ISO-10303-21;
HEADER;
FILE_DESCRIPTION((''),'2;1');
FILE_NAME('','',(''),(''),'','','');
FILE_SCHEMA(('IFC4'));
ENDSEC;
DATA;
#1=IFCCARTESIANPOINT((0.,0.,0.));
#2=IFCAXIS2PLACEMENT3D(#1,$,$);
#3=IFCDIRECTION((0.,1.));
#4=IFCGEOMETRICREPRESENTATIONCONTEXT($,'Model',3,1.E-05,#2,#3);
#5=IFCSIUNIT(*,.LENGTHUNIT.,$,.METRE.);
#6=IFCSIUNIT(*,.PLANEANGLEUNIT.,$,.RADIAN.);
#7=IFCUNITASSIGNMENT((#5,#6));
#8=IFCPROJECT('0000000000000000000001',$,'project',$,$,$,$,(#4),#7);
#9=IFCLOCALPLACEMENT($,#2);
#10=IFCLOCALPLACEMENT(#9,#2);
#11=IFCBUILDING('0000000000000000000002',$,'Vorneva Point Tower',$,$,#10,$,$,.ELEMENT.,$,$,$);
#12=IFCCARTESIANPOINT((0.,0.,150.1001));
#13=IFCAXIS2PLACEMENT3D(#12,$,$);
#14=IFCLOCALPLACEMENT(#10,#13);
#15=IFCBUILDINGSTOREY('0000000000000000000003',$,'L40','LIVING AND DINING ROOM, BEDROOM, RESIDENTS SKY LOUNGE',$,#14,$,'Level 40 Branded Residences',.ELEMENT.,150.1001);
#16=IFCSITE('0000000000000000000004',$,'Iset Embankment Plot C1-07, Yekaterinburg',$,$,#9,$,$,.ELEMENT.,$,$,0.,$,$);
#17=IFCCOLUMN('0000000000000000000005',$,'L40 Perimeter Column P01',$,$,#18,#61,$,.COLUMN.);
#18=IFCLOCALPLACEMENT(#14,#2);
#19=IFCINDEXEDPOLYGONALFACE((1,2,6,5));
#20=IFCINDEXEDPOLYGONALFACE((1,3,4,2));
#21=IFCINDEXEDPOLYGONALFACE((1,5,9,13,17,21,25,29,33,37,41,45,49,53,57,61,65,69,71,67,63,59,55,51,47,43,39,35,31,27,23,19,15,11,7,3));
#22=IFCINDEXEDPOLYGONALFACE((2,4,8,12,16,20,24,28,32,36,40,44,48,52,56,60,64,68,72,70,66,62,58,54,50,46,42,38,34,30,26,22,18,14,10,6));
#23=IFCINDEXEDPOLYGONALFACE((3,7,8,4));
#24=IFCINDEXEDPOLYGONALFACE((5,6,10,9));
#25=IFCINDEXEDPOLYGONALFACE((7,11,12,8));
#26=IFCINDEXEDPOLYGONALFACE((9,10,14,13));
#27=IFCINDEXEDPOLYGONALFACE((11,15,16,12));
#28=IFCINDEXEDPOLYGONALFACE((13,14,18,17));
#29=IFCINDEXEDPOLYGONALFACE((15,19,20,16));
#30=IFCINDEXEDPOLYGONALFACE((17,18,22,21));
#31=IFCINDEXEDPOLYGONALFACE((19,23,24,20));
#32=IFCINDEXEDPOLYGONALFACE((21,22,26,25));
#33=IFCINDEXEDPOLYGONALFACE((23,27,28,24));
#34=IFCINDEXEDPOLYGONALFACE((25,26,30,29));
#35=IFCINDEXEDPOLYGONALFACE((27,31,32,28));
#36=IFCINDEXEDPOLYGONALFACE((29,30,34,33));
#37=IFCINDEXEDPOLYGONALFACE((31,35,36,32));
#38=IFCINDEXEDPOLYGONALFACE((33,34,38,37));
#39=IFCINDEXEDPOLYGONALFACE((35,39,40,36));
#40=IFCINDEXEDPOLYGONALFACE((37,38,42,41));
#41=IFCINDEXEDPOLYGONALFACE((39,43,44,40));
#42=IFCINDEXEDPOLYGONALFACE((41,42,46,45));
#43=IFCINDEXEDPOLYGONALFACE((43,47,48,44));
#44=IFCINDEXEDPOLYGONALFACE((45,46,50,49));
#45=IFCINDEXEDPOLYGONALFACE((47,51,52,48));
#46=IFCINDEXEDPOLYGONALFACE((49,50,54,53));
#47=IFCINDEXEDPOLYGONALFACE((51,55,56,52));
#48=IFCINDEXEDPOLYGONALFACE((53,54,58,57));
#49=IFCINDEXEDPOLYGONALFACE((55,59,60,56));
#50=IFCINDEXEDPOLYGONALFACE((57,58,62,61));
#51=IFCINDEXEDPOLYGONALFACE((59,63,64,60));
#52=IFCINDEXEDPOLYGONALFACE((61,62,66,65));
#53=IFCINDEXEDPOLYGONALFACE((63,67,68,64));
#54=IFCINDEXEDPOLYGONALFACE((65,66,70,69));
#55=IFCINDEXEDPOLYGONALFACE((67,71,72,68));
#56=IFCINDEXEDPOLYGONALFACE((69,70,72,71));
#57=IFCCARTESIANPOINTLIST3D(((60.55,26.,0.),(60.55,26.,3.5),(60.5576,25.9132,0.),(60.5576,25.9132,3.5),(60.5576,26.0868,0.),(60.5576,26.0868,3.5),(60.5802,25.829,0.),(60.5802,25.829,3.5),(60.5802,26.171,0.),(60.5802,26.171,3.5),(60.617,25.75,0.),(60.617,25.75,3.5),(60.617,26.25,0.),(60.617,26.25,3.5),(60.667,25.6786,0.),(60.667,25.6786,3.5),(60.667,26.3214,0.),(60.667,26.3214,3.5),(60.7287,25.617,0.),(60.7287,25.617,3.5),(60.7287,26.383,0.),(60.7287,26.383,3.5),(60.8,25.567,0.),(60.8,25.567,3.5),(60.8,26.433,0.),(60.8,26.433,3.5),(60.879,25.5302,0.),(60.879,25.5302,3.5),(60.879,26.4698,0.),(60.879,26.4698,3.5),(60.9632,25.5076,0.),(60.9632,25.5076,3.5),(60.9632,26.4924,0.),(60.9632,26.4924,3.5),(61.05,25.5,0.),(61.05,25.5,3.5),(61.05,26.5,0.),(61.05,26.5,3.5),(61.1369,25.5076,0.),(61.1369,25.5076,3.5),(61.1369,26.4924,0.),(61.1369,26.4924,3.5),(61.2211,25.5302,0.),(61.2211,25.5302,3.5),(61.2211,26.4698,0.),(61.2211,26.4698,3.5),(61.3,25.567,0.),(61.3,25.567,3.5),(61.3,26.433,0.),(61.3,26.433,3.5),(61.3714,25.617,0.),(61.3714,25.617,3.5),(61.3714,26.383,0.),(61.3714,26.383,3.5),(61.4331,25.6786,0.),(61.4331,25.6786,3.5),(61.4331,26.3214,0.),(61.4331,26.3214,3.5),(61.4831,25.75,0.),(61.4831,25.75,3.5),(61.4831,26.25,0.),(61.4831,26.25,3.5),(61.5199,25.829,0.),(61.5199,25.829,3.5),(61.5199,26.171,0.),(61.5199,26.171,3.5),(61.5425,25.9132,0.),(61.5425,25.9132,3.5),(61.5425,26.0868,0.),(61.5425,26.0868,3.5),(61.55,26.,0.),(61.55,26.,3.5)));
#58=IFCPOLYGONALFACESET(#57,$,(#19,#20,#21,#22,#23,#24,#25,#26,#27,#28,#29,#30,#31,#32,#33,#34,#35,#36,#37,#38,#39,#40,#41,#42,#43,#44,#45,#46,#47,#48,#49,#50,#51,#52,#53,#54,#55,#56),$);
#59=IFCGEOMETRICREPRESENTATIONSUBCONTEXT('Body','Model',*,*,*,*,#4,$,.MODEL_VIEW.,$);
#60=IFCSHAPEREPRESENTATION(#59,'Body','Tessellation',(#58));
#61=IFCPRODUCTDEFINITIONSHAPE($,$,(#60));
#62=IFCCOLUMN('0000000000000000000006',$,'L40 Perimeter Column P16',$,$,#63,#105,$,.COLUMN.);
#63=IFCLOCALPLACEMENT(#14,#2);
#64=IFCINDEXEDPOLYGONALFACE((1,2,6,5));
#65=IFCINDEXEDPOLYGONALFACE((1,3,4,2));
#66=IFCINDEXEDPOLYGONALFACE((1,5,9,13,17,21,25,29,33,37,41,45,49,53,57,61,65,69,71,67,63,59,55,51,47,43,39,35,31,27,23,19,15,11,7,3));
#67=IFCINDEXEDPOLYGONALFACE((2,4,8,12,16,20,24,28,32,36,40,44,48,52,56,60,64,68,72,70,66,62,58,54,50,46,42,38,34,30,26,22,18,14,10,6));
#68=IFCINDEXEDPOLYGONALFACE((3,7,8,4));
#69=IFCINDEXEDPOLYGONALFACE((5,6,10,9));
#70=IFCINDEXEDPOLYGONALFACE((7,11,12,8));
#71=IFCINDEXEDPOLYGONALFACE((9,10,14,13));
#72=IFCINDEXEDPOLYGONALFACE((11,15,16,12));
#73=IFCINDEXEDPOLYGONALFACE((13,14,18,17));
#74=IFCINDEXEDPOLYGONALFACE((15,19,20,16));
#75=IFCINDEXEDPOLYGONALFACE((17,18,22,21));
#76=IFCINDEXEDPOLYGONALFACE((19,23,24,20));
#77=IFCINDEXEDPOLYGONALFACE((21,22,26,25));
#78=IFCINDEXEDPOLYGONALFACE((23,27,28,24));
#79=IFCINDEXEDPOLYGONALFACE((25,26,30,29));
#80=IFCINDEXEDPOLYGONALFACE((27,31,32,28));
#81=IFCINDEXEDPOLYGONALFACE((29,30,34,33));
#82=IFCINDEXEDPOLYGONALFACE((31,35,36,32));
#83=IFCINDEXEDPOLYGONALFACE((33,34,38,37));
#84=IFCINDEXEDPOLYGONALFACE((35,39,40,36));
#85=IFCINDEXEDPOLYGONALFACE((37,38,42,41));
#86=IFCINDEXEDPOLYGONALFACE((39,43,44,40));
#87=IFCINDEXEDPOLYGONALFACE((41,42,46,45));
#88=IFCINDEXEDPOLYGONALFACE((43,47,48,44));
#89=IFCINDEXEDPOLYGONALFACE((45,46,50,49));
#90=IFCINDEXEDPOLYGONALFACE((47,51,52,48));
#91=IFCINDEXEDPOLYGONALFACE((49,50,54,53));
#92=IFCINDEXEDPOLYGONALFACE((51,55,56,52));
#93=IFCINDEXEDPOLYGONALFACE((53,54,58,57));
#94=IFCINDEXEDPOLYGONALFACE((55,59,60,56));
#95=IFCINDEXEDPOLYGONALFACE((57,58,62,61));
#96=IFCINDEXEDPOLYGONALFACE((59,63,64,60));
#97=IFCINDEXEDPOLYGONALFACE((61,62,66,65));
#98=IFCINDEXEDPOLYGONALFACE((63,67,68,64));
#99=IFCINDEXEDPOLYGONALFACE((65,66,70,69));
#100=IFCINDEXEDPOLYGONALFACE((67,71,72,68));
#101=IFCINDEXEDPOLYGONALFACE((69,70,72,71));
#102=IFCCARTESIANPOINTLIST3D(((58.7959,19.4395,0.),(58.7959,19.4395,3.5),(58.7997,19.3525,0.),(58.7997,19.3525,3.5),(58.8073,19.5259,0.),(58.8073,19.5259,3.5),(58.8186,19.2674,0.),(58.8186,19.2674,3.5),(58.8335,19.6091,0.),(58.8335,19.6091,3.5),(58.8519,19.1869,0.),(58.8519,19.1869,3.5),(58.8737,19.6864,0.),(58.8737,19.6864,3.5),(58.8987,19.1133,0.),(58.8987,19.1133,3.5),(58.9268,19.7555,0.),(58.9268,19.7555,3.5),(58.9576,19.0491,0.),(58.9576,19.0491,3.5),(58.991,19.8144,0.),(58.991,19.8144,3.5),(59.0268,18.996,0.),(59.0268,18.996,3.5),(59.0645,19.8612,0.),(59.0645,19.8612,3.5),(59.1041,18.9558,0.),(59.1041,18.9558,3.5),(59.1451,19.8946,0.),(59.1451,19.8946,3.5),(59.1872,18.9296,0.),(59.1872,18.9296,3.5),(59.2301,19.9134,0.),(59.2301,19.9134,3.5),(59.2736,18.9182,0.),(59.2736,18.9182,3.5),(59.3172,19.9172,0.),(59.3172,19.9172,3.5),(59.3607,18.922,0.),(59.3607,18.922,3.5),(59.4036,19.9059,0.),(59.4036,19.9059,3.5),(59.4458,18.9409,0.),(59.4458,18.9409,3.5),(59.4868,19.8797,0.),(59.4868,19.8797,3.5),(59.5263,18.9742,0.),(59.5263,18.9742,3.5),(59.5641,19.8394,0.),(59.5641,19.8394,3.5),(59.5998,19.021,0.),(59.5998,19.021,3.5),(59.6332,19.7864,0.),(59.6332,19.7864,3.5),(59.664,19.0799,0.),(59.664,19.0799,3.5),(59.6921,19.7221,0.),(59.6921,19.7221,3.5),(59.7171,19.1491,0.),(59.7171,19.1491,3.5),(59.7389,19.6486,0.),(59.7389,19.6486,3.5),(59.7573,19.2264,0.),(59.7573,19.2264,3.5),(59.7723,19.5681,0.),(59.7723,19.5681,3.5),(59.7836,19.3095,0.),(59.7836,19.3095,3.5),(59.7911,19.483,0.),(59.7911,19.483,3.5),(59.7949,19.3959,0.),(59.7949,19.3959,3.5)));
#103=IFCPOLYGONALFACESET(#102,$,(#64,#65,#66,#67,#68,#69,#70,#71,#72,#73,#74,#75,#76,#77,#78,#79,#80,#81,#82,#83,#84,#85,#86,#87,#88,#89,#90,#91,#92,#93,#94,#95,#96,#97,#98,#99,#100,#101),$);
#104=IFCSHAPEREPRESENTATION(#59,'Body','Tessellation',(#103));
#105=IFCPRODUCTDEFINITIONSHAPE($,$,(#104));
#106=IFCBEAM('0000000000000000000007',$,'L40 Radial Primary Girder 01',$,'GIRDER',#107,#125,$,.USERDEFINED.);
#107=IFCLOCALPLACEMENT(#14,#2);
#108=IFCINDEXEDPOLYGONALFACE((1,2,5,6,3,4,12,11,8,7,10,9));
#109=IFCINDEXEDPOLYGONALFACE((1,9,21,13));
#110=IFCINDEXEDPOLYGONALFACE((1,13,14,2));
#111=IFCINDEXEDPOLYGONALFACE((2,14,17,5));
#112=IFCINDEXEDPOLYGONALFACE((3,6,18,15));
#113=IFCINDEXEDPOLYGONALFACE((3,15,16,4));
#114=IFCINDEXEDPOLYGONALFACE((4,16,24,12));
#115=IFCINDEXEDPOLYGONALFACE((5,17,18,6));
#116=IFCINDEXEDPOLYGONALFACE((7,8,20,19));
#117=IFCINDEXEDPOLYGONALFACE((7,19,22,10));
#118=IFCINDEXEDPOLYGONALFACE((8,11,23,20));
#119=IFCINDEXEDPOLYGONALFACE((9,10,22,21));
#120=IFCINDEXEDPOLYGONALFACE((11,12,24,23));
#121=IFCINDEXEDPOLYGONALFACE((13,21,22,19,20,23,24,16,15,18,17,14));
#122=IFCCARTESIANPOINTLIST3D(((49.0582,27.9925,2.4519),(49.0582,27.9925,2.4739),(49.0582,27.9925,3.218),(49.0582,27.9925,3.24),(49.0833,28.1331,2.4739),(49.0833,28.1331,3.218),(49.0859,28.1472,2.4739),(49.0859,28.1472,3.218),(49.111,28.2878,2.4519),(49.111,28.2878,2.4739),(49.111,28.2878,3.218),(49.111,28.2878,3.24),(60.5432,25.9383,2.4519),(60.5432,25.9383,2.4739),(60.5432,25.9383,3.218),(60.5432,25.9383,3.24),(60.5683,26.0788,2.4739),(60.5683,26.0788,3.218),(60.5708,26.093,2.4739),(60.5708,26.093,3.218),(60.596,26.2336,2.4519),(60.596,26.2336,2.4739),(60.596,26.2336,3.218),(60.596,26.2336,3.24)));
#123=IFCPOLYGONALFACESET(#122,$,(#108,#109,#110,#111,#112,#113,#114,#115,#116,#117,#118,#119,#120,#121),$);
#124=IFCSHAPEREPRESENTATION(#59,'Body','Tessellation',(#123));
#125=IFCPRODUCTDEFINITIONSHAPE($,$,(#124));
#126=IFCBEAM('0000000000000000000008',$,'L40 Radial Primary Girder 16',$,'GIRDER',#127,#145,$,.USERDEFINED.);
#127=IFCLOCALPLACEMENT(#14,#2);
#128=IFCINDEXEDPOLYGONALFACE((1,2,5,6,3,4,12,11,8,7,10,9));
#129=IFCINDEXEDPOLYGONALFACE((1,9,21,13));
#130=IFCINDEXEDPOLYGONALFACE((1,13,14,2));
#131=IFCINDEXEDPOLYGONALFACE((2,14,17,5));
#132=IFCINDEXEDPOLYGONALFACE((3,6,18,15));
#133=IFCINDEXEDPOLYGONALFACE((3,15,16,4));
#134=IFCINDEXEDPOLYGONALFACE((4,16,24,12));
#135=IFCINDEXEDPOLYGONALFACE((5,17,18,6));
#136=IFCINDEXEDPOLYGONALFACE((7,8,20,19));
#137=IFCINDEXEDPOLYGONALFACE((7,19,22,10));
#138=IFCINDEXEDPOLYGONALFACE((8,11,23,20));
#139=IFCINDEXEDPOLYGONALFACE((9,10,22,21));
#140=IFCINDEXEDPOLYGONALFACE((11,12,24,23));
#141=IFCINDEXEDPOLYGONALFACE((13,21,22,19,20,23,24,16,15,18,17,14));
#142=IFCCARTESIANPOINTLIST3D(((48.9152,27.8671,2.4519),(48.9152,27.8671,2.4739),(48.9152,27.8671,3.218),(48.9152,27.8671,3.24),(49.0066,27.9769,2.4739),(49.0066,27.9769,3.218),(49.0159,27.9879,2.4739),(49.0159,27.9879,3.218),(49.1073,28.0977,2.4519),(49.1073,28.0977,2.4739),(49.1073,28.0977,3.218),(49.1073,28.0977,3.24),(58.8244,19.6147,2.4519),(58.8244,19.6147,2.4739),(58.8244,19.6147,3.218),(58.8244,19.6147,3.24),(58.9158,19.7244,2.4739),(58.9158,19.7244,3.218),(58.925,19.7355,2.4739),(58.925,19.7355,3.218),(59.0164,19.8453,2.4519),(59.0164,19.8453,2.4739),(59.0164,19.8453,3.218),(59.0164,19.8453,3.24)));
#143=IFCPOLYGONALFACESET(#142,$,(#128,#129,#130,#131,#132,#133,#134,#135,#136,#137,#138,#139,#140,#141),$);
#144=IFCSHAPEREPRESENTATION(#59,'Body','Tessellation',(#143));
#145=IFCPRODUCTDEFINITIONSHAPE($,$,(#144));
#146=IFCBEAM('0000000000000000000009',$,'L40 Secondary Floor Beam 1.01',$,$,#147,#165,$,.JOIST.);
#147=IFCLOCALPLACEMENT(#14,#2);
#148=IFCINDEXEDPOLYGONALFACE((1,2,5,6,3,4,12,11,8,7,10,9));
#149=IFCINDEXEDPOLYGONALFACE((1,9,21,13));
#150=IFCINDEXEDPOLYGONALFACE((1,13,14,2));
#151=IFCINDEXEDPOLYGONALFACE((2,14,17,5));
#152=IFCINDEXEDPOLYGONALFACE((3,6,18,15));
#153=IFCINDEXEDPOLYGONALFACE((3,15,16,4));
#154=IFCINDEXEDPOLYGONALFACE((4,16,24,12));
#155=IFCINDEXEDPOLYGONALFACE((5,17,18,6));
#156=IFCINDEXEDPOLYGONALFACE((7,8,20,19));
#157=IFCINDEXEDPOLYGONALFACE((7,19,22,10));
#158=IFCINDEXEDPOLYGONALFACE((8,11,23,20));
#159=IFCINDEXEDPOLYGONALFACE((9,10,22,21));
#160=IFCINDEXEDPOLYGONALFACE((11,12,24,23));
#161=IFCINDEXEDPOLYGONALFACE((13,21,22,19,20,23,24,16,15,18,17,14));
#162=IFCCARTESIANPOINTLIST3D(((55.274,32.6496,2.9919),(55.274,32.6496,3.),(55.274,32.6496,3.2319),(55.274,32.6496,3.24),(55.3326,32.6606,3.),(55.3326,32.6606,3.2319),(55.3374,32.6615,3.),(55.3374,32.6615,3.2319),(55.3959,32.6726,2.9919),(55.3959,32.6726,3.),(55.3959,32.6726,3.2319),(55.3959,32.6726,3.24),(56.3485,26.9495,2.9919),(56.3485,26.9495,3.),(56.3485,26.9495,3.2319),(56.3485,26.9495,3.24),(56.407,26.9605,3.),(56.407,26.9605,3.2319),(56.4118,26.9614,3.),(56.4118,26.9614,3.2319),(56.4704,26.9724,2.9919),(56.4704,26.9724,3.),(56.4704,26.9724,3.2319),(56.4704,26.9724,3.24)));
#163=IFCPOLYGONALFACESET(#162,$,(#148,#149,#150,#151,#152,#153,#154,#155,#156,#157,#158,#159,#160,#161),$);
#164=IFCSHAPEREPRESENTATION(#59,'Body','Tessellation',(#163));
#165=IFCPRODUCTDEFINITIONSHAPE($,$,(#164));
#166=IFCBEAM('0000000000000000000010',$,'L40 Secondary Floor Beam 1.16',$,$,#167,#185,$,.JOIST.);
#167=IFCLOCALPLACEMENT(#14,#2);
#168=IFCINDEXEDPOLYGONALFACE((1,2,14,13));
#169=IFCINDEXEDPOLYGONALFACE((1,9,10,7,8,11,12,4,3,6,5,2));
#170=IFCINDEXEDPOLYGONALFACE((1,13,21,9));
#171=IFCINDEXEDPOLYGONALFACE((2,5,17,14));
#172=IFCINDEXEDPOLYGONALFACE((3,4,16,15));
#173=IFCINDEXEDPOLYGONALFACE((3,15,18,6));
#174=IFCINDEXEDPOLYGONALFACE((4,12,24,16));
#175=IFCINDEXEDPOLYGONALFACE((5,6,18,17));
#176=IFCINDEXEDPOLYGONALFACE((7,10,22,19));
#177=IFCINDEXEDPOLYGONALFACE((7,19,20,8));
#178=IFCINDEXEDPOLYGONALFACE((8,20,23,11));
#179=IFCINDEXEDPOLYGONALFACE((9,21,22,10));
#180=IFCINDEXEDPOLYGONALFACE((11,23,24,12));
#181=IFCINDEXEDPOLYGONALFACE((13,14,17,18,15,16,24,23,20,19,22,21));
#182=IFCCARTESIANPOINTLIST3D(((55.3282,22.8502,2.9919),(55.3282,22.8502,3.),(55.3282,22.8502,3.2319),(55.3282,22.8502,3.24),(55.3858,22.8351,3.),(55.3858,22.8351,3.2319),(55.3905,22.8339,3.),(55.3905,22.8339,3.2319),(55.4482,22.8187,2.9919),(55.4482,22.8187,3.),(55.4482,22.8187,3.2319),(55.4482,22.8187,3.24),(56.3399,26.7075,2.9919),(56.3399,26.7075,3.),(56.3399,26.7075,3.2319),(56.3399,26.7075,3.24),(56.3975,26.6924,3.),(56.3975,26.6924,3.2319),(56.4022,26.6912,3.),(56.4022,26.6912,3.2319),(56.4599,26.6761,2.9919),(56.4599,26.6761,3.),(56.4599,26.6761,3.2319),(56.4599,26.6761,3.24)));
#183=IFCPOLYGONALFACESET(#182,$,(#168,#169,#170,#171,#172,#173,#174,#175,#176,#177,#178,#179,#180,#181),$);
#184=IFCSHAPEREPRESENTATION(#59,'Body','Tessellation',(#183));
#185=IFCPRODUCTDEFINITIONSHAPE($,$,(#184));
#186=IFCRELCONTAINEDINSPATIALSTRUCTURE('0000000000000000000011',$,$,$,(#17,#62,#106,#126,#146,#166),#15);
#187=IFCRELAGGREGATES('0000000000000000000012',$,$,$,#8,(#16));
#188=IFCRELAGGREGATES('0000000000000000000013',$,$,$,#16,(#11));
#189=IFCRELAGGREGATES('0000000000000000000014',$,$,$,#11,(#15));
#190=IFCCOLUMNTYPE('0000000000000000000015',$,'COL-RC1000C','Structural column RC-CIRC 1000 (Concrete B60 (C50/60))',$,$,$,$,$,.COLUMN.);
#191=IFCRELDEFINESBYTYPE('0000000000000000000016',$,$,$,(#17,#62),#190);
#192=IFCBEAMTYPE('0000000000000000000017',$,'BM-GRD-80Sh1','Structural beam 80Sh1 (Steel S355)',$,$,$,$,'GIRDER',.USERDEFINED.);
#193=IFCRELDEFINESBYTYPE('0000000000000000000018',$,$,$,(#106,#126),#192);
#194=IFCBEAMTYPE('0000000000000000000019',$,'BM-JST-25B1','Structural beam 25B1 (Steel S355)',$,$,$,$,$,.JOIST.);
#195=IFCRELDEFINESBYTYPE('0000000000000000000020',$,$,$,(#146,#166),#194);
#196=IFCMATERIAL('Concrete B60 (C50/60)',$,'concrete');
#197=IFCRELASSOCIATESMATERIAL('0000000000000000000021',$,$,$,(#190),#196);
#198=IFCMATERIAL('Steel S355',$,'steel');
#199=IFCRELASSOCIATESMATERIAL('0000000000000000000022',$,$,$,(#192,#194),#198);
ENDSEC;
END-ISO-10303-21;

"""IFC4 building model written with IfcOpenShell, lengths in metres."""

from ifc_helpers import new_model, si_unit, direction, frame, origin, origin_2d, place, context, subcontext, project, spatial, circle, i_section, extrude, material, material_profile, profile_set, type_object, element, save


model = new_model("IFC4")

# Units and contexts
model_context = context("Model", 3, precision=1e-05, world=origin(), true_north=direction((0.0, 1.0)))
body_context = subcontext(model_context, "Body", "Model", "MODEL_VIEW")
ifc_project = project(units=[si_unit("LENGTHUNIT", "METRE"), si_unit("PLANEANGLEUNIT", "RADIAN")], contexts=[model_context])

# Site, building, storey
site_placement = place(None, origin())
site = spatial("IfcSite", under=ifc_project, at=site_placement, Name="Iset Embankment Plot C1-07, Yekaterinburg", CompositionType="ELEMENT", RefElevation=0.0)
building_placement = place(site_placement, origin())
building = spatial("IfcBuilding", under=site, at=building_placement, Name="Vorneva Point Tower", CompositionType="ELEMENT")
storey_placement = place(building_placement, frame((0.0, 0.0, 150.1001)))
storey = spatial("IfcBuildingStorey", under=building, at=storey_placement, Name="L40", Description="LIVING AND DINING ROOM, BEDROOM, RESIDENTS SKY LOUNGE", LongName="Level 40 Branded Residences", CompositionType="ELEMENT", Elevation=150.1001)

# Columns
ifc_material_1 = material(Name="Concrete B60 (C50/60)", Category="concrete")
ifc_material_profile_1 = material_profile(ifc_material_1, circle(Radius=0.5, at=origin_2d()), Name="RC-CIRC 1000")
ifc_profile_set_1 = profile_set([ifc_material_profile_1], Name="Concrete B60 (C50/60)")
column_type = type_object("IfcColumnType", Name="COL-RC1000C", Description="Structural column RC-CIRC 1000 (Concrete B60 (C50/60))", PredefinedType="COLUMN", material=ifc_profile_set_1)
for number, where, z_axis, x_axis, name in (
    (1, (61.05, 26.0, 0.0), (0.0, 0.0, 1.0), (1.0, 0.0, 0.0), "L40 Perimeter Column P01"),
    (2, (59.2954, 19.4177, 0.0), (0.0, 0.0, 1.0), (0.92388, -0.382683, 0.0), "L40 Perimeter Column P16"),
):
    element("IfcColumn", number, at=place(storey_placement, frame(where, z_axis=z_axis, x_axis=x_axis)), inside=storey, type_object=column_type, Name=name, PredefinedType="COLUMN", context=body_context, shape_type="SweptSolid", body=[
        extrude(circle(Radius=0.5, at=origin_2d()), origin(), (0.0, 0.0, 1.0), 3.5),
    ])

# Beams
ifc_material_2 = material(Name="Steel S355", Category="steel")
ifc_material_profile_2 = material_profile(ifc_material_2, i_section(OverallWidth=0.3, OverallDepth=0.7881, WebThickness=0.0144, FlangeThickness=0.022, at=origin_2d()), Name="80Sh1")
ifc_profile_set_2 = profile_set([ifc_material_profile_2], Name="Steel S355")
beam_type_1 = type_object("IfcBeamType", Name="BM-GRD-80Sh1", Description="Structural beam 80Sh1 (Steel S355)", ElementType="GIRDER", PredefinedType="USERDEFINED", material=ifc_profile_set_2)
beam_1_placement = place(storey_placement, frame((60.5696, 26.0859, 2.8459), z_axis=(-0.984378, 0.176067, 0.0), x_axis=(-0.176067, -0.984378, 0.0)))
element("IfcBeam", 3, at=beam_1_placement, inside=storey, type_object=beam_type_1, Name="L40 Radial Primary Girder 01", ObjectType="GIRDER", PredefinedType="USERDEFINED", context=body_context, shape_type="SweptSolid", body=[
    extrude(i_section(OverallWidth=0.3, OverallDepth=0.7881, WebThickness=0.0144, FlangeThickness=0.022, at=origin_2d()), origin(), (0.0, 0.0, 1.0), 11.6672),
])
beam_2_placement = place(storey_placement, frame((58.9204, 19.73, 2.8459), z_axis=(-0.76842, 0.639946, 0.0), x_axis=(-0.639946, -0.76842, 0.0)))
element("IfcBeam", 4, at=beam_2_placement, inside=storey, type_object=beam_type_1, Name="L40 Radial Primary Girder 16", ObjectType="GIRDER", PredefinedType="USERDEFINED", context=body_context, shape_type="SweptSolid", body=[
    extrude(i_section(OverallWidth=0.3, OverallDepth=0.7881, WebThickness=0.0144, FlangeThickness=0.022, at=origin_2d()), origin(), (0.0, 0.0, 1.0), 12.8955),
])
ifc_material_profile_3 = material_profile(ifc_material_2, i_section(OverallWidth=0.124, OverallDepth=0.248, WebThickness=0.0049, FlangeThickness=0.0081, at=origin_2d()), Name="25B1")
ifc_profile_set_3 = profile_set([ifc_material_profile_3], Name="Steel S355")
beam_type_2 = type_object("IfcBeamType", Name="BM-JST-25B1", Description="Structural beam 25B1 (Steel S355)", PredefinedType="JOIST", material=ifc_profile_set_3)
beam_3_placement = place(storey_placement, frame((56.4094, 26.9609, 3.116), z_axis=(-0.185234, 0.982694, 0.0), x_axis=(-0.982694, -0.185234, 0.0)))
element("IfcBeam", 5, at=beam_3_placement, inside=storey, type_object=beam_type_2, Name="L40 Secondary Floor Beam 1.01", PredefinedType="JOIST", context=body_context, shape_type="SweptSolid", body=[
    extrude(i_section(OverallWidth=0.124, OverallDepth=0.248, WebThickness=0.0049, FlangeThickness=0.0081, at=origin_2d()), origin(), (0.0, 0.0, 1.0), 5.8005),
])
beam_4_placement = place(storey_placement, frame((55.3882, 22.8345, 3.116), z_axis=(0.253698, 0.967284, 0.0), x_axis=(-0.967284, 0.253698, 0.0)))
element("IfcBeam", 6, at=beam_4_placement, inside=storey, type_object=beam_type_2, Name="L40 Secondary Floor Beam 1.16", PredefinedType="JOIST", context=body_context, shape_type="SweptSolid", body=[
    extrude(i_section(OverallWidth=0.124, OverallDepth=0.248, WebThickness=0.0049, FlangeThickness=0.0081, at=origin_2d()), origin(), (0.0, 0.0, 1.0), 3.9878),
])

save(model, "model.ifc")
